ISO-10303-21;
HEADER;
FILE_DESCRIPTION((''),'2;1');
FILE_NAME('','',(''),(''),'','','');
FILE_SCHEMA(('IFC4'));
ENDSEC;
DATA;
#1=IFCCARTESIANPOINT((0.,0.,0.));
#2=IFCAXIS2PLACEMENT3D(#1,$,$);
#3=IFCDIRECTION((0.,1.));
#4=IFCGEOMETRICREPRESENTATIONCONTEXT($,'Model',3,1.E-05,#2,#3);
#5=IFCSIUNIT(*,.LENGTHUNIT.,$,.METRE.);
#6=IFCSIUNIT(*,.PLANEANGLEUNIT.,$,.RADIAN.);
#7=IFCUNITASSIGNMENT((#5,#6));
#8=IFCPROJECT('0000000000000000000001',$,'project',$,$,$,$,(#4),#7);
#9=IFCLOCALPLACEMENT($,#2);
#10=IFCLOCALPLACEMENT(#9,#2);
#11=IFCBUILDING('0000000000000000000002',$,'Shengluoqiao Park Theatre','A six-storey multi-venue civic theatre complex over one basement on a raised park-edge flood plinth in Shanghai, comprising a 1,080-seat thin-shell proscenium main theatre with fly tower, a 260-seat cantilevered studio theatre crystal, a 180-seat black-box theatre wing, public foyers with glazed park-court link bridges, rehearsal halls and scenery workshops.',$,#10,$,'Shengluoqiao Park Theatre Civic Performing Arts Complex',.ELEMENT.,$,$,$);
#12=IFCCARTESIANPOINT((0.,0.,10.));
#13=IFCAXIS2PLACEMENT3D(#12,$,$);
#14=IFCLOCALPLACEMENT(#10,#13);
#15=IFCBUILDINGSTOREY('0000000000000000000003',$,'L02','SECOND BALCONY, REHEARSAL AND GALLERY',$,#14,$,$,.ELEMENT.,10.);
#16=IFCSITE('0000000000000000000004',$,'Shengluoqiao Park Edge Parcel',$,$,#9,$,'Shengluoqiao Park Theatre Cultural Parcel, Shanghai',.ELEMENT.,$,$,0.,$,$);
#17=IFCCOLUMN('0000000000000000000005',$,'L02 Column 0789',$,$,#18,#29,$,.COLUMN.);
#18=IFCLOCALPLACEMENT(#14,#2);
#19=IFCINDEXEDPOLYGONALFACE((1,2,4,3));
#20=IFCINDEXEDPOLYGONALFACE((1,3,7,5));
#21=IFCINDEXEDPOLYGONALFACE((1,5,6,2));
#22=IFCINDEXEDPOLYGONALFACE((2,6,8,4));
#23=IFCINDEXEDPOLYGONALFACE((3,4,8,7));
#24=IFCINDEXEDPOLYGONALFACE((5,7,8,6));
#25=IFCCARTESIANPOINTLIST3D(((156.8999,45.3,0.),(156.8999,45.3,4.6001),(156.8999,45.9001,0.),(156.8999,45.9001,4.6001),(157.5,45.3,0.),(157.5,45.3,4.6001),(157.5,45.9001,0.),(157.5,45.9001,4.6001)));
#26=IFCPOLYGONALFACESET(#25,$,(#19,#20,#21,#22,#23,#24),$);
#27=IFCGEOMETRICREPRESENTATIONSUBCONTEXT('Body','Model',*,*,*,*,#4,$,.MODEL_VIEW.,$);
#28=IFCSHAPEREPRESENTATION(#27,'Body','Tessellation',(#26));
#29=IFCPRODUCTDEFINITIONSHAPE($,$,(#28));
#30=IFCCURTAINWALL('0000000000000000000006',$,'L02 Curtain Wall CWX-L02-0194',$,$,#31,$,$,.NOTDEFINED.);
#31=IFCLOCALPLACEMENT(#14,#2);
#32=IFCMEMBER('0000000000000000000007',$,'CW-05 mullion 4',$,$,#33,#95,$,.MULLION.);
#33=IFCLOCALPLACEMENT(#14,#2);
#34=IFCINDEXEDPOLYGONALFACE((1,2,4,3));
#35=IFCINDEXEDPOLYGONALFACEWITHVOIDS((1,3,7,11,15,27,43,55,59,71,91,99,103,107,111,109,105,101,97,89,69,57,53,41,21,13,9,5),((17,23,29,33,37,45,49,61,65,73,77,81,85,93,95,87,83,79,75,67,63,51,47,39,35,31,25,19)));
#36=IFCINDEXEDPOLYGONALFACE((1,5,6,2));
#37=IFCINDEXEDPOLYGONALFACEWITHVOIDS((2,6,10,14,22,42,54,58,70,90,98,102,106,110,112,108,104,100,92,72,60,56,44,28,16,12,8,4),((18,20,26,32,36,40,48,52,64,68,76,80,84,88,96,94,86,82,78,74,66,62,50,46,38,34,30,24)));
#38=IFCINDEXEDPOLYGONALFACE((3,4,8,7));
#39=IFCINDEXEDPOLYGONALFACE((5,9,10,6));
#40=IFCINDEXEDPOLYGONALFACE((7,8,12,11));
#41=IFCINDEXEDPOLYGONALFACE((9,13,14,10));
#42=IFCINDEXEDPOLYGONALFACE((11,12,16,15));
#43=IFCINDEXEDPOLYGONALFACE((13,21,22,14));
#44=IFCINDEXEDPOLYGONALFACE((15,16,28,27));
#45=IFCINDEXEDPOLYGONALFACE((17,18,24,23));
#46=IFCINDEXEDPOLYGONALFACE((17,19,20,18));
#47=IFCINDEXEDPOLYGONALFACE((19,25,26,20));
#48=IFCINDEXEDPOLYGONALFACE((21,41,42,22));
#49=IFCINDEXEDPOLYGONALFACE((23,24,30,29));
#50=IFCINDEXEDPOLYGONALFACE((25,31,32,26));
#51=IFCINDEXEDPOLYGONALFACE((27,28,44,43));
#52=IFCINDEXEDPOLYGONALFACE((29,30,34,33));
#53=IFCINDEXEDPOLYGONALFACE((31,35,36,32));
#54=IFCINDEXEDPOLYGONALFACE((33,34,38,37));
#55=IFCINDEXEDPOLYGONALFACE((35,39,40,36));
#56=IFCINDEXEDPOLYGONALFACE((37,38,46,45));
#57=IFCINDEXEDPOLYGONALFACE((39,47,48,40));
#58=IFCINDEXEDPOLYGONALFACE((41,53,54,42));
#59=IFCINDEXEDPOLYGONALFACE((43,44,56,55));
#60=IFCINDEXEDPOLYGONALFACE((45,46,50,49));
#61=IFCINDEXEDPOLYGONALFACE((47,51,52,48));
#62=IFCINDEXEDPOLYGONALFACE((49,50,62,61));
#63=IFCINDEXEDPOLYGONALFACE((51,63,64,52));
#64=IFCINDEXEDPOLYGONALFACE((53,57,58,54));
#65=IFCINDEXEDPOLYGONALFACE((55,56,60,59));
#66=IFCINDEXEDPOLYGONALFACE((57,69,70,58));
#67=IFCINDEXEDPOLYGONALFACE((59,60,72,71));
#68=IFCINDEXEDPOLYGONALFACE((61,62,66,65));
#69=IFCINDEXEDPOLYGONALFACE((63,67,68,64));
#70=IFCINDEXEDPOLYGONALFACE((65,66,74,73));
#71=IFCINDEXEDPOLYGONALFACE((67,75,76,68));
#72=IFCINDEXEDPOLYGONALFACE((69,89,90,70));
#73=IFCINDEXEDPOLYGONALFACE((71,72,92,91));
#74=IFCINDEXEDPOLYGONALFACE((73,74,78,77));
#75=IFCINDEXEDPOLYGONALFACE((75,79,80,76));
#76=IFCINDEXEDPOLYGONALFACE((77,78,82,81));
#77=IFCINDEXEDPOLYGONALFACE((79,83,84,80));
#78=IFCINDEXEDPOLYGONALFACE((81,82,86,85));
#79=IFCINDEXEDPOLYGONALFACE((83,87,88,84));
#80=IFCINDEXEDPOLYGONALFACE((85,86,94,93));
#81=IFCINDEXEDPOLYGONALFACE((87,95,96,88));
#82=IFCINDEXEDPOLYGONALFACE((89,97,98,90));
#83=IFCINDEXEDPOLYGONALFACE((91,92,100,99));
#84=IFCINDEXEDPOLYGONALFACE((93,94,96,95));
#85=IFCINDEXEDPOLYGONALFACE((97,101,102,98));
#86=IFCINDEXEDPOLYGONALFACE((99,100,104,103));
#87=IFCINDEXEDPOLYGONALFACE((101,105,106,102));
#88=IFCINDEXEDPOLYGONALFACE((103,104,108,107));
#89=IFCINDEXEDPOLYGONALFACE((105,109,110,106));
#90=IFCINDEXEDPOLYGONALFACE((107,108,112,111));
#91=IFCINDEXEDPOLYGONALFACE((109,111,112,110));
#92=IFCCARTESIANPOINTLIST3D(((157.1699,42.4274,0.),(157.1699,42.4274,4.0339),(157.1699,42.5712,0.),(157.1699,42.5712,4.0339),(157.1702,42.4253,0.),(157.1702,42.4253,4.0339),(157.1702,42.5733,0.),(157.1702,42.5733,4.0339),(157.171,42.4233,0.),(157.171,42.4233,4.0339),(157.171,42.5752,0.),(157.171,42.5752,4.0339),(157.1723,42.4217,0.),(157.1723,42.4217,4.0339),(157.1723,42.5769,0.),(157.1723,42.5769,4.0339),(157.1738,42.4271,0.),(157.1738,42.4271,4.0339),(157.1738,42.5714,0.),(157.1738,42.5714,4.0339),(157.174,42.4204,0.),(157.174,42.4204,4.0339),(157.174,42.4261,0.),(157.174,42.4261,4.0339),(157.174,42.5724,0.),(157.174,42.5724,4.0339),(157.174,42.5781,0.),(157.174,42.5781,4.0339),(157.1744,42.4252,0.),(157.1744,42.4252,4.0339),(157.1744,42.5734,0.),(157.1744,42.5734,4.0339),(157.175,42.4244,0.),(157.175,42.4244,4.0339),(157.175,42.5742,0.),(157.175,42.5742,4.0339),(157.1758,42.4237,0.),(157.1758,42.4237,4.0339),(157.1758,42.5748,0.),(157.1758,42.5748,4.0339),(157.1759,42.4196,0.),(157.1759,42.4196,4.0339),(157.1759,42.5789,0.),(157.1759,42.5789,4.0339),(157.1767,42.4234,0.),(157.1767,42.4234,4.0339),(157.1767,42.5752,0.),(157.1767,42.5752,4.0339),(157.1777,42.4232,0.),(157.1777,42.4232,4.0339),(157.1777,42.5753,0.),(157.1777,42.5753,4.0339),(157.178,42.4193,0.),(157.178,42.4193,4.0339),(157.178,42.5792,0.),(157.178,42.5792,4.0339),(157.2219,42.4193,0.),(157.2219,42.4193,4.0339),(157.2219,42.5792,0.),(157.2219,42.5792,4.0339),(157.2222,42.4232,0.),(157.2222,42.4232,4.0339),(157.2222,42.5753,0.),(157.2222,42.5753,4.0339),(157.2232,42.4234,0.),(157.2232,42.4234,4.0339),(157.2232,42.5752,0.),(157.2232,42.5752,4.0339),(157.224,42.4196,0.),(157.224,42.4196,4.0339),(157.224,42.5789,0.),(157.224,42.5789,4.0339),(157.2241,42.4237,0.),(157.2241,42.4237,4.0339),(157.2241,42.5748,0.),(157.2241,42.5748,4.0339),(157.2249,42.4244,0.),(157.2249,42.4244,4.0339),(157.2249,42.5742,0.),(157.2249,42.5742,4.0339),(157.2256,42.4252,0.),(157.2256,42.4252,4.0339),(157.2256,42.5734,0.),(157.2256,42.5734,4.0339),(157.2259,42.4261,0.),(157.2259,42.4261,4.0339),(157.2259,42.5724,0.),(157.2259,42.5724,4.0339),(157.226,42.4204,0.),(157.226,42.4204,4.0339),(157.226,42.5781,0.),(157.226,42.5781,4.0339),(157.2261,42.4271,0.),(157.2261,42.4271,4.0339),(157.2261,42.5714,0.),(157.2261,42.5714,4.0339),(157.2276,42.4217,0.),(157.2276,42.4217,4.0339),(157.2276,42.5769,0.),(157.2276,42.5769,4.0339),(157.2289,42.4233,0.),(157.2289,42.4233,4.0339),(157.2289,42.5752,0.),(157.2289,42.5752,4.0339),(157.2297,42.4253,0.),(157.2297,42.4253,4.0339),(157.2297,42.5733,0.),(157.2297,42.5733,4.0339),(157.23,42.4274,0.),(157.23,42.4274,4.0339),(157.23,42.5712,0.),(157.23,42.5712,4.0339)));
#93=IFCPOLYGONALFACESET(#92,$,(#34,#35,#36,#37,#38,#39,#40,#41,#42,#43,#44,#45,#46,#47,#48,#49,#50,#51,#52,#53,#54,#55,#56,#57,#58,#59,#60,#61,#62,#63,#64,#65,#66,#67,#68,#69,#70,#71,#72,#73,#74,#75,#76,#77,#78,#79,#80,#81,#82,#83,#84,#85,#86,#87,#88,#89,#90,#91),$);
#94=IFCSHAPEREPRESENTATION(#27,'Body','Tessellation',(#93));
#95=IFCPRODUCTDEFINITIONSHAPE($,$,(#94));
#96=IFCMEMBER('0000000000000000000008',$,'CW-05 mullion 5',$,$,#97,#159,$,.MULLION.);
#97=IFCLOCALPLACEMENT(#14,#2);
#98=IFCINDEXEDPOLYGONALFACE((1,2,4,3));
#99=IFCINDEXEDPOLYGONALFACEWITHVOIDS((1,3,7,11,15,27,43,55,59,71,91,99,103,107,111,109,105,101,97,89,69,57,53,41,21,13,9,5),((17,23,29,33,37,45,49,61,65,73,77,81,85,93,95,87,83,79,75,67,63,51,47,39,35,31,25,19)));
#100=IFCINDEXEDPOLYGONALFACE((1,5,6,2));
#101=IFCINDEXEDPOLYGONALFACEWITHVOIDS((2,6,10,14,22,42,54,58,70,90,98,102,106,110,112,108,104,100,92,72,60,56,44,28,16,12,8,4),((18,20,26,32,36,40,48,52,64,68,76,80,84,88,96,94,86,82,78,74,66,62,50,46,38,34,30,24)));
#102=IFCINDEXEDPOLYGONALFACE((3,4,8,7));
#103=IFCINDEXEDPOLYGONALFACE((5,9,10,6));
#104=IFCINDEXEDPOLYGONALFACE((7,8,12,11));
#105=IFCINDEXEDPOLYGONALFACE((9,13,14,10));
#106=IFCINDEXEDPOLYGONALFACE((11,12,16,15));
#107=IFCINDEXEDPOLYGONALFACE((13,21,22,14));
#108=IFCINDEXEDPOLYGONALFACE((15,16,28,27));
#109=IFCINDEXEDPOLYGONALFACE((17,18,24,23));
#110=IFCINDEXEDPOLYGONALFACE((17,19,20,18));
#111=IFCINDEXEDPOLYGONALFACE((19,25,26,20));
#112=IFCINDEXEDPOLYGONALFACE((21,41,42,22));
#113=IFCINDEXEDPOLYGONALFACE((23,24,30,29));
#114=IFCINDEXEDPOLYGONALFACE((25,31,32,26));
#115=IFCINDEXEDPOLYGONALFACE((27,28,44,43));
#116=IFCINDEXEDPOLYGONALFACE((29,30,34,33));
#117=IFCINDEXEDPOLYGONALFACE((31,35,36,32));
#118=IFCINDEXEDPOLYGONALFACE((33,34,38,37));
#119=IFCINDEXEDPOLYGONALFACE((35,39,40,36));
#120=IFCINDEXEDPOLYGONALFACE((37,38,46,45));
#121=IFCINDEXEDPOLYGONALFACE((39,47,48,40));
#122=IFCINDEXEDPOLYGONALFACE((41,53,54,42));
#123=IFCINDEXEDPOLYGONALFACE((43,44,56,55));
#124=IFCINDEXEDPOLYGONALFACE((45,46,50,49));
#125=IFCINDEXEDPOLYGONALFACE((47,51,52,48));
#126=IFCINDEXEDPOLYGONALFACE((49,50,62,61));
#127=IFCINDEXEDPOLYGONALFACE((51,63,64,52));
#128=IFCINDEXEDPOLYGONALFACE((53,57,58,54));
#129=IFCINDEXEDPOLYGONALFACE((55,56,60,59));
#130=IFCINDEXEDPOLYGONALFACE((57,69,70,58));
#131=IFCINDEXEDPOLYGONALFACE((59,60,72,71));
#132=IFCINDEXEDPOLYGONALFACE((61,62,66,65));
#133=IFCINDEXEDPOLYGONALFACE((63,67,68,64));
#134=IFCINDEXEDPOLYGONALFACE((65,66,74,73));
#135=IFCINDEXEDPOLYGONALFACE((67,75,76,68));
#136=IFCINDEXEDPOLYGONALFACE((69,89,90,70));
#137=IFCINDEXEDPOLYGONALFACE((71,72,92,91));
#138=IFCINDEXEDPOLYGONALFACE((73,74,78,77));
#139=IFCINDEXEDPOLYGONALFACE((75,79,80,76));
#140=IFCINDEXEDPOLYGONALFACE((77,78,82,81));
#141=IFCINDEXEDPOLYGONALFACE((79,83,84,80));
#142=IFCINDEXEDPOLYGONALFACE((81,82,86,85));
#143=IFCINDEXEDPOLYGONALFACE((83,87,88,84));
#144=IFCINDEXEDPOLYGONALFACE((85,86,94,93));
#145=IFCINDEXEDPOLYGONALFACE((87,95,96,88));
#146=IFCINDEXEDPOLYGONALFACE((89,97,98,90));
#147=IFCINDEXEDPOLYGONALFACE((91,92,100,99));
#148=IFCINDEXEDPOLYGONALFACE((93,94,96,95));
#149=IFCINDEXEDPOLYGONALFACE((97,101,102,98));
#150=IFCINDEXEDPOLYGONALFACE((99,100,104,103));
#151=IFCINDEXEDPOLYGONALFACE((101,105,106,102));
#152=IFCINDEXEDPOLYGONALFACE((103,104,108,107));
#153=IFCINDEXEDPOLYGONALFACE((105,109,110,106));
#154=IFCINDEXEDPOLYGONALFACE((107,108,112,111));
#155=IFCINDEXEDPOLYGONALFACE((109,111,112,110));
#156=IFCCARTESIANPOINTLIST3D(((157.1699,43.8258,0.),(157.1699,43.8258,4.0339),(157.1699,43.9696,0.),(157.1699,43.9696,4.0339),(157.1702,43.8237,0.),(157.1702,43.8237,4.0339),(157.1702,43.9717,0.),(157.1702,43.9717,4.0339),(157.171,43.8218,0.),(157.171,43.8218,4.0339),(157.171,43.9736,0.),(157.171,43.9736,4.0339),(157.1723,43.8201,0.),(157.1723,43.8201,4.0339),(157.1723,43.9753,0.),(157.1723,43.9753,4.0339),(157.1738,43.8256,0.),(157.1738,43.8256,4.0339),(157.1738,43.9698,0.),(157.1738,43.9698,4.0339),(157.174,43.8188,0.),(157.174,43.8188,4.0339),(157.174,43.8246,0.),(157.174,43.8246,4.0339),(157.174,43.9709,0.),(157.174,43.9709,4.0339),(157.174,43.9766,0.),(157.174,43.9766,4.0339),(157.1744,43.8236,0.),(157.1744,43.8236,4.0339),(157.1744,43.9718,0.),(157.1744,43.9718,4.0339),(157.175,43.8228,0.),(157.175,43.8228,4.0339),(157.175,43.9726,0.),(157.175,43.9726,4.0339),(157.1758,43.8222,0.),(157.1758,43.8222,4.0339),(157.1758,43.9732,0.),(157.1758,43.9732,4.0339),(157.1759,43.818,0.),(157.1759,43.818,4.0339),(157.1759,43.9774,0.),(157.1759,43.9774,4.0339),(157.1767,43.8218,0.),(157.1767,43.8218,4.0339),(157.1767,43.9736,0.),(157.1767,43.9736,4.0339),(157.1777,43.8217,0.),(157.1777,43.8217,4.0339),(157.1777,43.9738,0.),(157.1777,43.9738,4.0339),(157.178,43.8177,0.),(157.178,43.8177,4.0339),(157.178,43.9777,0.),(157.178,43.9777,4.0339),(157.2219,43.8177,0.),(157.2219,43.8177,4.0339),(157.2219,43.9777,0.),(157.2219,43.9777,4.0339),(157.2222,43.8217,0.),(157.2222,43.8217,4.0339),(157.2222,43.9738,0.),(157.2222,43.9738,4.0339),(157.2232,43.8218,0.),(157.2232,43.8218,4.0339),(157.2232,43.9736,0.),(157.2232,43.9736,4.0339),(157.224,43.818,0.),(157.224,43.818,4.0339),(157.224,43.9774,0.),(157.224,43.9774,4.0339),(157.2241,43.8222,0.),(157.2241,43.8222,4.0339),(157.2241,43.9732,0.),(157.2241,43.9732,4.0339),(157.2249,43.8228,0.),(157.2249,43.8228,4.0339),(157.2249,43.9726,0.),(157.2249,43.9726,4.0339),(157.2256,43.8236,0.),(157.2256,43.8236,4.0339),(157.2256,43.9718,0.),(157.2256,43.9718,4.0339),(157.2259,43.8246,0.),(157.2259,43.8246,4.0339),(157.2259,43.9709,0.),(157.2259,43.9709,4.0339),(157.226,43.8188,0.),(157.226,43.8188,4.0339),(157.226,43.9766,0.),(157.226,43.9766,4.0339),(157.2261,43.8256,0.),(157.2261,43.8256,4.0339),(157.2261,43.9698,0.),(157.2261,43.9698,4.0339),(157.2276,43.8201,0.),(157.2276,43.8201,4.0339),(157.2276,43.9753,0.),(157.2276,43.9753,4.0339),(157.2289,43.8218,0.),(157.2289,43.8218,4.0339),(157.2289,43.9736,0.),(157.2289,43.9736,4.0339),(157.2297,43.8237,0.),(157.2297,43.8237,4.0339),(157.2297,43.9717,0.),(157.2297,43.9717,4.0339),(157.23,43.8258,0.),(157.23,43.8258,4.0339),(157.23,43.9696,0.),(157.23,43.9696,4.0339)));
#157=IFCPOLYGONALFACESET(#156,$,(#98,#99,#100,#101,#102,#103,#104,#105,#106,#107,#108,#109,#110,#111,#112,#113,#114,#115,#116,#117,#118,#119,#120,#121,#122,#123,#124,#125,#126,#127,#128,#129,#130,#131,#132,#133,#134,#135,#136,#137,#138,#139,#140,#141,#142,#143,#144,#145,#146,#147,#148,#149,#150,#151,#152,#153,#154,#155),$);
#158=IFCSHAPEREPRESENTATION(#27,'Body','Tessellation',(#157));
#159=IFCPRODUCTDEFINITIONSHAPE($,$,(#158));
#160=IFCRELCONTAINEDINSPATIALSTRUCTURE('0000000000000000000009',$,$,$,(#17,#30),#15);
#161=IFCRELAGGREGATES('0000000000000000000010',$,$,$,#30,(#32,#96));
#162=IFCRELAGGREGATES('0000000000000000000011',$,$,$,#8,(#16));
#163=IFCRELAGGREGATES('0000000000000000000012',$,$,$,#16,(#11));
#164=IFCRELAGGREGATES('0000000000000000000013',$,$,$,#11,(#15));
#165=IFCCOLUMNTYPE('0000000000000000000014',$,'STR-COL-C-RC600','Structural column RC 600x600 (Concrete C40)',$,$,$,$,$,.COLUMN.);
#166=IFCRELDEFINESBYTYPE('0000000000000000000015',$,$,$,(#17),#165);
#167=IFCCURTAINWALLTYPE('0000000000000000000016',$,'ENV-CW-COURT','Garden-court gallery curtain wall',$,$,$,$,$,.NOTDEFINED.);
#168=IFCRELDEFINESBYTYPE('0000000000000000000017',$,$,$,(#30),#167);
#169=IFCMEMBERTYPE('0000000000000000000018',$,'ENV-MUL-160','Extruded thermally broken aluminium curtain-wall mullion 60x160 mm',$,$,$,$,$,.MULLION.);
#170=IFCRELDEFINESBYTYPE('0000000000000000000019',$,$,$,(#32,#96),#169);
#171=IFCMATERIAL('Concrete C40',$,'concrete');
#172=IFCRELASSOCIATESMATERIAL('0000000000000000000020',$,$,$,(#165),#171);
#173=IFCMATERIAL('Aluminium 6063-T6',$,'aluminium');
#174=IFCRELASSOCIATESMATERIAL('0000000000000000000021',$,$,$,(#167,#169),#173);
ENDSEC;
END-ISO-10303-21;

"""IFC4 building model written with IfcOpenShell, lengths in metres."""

from ifc_helpers import new_model, si_unit, direction, frame, origin, origin_2d, place, context, subcontext, project, spatial, rectangle, hollow_rectangle, extrude, material, material_profile, profile_set, type_object, element, aggregate, save


model = new_model("IFC4")

# Units and contexts
model_context = context("Model", 3, precision=1e-05, world=origin(), true_north=direction((0.0, 1.0)))
body_context = subcontext(model_context, "Body", "Model", "MODEL_VIEW")
ifc_project = project(units=[si_unit("LENGTHUNIT", "METRE"), si_unit("PLANEANGLEUNIT", "RADIAN")], contexts=[model_context])

# Site, building, storey
site_placement = place(None, origin())
site = spatial("IfcSite", under=ifc_project, at=site_placement, Name="Shengluoqiao Park Edge Parcel", LongName="Shengluoqiao Park Theatre Cultural Parcel, Shanghai", CompositionType="ELEMENT", RefElevation=0.0)
building_placement = place(site_placement, origin())
building = spatial("IfcBuilding", under=site, at=building_placement, Name="Shengluoqiao Park Theatre", Description="A six-storey multi-venue civic theatre complex over one basement on a raised park-edge flood plinth in Shanghai, comprising a 1,080-seat thin-shell proscenium main theatre with fly tower, a 260-seat cantilevered studio theatre crystal, a 180-seat black-box theatre wing, public foyers with glazed park-court link bridges, rehearsal halls and scenery workshops.", LongName="Shengluoqiao Park Theatre Civic Performing Arts Complex", CompositionType="ELEMENT")
storey_placement = place(building_placement, frame((0.0, 0.0, 10.0)))
storey = spatial("IfcBuildingStorey", under=building, at=storey_placement, Name="L02", Description="SECOND BALCONY, REHEARSAL AND GALLERY", CompositionType="ELEMENT", Elevation=10.0)

# Column
ifc_material_1 = material(Name="Concrete C40", Category="concrete")
ifc_material_profile_1 = material_profile(ifc_material_1, rectangle(XDim=0.6001, YDim=0.6001, at=origin_2d()), Name="RC 600x600")
ifc_profile_set_1 = profile_set([ifc_material_profile_1], Name="Concrete C40")
column_type = type_object("IfcColumnType", Name="STR-COL-C-RC600", Description="Structural column RC 600x600 (Concrete C40)", PredefinedType="COLUMN", material=ifc_profile_set_1)
column_placement = place(storey_placement, frame((157.2, 45.6001, 0.0), z_axis=(0.0, 0.0, 1.0), x_axis=(1.0, 0.0, 0.0)))
element("IfcColumn", 1, at=column_placement, inside=storey, type_object=column_type, Name="L02 Column 0789", PredefinedType="COLUMN", context=body_context, shape_type="SweptSolid", body=[
    extrude(rectangle(XDim=0.6001, YDim=0.6001, at=origin_2d()), origin(), (0.0, 0.0, 1.0), 4.6001),
])

# Curtain wall, members
ifc_material_2 = material(Name="Aluminium 6063-T6", Category="aluminium")
curtain_wall_type = type_object("IfcCurtainWallType", Name="ENV-CW-COURT", Description="Garden-court gallery curtain wall", PredefinedType="NOTDEFINED", material=ifc_material_2)
curtain_wall_1_placement = place(storey_placement, origin())
curtain_wall_1 = element("IfcCurtainWall", 2, at=curtain_wall_1_placement, inside=storey, type_object=curtain_wall_type, Name="L02 Curtain Wall CWX-L02-0194", PredefinedType="NOTDEFINED")
ifc_material_profile_2 = material_profile(ifc_material_2, hollow_rectangle(XDim=0.0601, YDim=0.1599, WallThickness=0.0039, InnerFilletRadius=0.0039, OuterFilletRadius=0.0081, at=origin_2d()), Name="ALU MULLION 160x60x4")
ifc_profile_set_2 = profile_set([ifc_material_profile_2], Name="Aluminium 6063-T6")
member_type_1 = type_object("IfcMemberType", Name="ENV-MUL-160", Description="Extruded thermally broken aluminium curtain-wall mullion 60x160 mm", PredefinedType="MULLION", material=ifc_profile_set_2)
member_1_placement = place(storey_placement, frame((157.2, 42.4993, 0.0), z_axis=(0.0, 0.0, 1.0), x_axis=(-1.0, 0.0, 0.0)))
member_1 = element("IfcMember", 3, at=member_1_placement, type_object=member_type_1, Name="CW-05 mullion 4", PredefinedType="MULLION", context=body_context, shape_type="SweptSolid", body=[
    extrude(hollow_rectangle(XDim=0.0601, YDim=0.1599, WallThickness=0.0039, InnerFilletRadius=0.0039, OuterFilletRadius=0.0081, at=origin_2d()), origin(), (0.0, 0.0, 1.0), 4.0339),
])
member_2_placement = place(storey_placement, frame((157.2, 43.8977, 0.0), z_axis=(0.0, 0.0, 1.0), x_axis=(-1.0, 0.0, 0.0)))
member_2 = element("IfcMember", 4, at=member_2_placement, type_object=member_type_1, Name="CW-05 mullion 5", PredefinedType="MULLION", context=body_context, shape_type="SweptSolid", body=[
    extrude(hollow_rectangle(XDim=0.0601, YDim=0.1599, WallThickness=0.0039, InnerFilletRadius=0.0039, OuterFilletRadius=0.0081, at=origin_2d()), origin(), (0.0, 0.0, 1.0), 4.0339),
])

aggregate(curtain_wall_1, [member_1, member_2])

save(model, "model.ifc")
